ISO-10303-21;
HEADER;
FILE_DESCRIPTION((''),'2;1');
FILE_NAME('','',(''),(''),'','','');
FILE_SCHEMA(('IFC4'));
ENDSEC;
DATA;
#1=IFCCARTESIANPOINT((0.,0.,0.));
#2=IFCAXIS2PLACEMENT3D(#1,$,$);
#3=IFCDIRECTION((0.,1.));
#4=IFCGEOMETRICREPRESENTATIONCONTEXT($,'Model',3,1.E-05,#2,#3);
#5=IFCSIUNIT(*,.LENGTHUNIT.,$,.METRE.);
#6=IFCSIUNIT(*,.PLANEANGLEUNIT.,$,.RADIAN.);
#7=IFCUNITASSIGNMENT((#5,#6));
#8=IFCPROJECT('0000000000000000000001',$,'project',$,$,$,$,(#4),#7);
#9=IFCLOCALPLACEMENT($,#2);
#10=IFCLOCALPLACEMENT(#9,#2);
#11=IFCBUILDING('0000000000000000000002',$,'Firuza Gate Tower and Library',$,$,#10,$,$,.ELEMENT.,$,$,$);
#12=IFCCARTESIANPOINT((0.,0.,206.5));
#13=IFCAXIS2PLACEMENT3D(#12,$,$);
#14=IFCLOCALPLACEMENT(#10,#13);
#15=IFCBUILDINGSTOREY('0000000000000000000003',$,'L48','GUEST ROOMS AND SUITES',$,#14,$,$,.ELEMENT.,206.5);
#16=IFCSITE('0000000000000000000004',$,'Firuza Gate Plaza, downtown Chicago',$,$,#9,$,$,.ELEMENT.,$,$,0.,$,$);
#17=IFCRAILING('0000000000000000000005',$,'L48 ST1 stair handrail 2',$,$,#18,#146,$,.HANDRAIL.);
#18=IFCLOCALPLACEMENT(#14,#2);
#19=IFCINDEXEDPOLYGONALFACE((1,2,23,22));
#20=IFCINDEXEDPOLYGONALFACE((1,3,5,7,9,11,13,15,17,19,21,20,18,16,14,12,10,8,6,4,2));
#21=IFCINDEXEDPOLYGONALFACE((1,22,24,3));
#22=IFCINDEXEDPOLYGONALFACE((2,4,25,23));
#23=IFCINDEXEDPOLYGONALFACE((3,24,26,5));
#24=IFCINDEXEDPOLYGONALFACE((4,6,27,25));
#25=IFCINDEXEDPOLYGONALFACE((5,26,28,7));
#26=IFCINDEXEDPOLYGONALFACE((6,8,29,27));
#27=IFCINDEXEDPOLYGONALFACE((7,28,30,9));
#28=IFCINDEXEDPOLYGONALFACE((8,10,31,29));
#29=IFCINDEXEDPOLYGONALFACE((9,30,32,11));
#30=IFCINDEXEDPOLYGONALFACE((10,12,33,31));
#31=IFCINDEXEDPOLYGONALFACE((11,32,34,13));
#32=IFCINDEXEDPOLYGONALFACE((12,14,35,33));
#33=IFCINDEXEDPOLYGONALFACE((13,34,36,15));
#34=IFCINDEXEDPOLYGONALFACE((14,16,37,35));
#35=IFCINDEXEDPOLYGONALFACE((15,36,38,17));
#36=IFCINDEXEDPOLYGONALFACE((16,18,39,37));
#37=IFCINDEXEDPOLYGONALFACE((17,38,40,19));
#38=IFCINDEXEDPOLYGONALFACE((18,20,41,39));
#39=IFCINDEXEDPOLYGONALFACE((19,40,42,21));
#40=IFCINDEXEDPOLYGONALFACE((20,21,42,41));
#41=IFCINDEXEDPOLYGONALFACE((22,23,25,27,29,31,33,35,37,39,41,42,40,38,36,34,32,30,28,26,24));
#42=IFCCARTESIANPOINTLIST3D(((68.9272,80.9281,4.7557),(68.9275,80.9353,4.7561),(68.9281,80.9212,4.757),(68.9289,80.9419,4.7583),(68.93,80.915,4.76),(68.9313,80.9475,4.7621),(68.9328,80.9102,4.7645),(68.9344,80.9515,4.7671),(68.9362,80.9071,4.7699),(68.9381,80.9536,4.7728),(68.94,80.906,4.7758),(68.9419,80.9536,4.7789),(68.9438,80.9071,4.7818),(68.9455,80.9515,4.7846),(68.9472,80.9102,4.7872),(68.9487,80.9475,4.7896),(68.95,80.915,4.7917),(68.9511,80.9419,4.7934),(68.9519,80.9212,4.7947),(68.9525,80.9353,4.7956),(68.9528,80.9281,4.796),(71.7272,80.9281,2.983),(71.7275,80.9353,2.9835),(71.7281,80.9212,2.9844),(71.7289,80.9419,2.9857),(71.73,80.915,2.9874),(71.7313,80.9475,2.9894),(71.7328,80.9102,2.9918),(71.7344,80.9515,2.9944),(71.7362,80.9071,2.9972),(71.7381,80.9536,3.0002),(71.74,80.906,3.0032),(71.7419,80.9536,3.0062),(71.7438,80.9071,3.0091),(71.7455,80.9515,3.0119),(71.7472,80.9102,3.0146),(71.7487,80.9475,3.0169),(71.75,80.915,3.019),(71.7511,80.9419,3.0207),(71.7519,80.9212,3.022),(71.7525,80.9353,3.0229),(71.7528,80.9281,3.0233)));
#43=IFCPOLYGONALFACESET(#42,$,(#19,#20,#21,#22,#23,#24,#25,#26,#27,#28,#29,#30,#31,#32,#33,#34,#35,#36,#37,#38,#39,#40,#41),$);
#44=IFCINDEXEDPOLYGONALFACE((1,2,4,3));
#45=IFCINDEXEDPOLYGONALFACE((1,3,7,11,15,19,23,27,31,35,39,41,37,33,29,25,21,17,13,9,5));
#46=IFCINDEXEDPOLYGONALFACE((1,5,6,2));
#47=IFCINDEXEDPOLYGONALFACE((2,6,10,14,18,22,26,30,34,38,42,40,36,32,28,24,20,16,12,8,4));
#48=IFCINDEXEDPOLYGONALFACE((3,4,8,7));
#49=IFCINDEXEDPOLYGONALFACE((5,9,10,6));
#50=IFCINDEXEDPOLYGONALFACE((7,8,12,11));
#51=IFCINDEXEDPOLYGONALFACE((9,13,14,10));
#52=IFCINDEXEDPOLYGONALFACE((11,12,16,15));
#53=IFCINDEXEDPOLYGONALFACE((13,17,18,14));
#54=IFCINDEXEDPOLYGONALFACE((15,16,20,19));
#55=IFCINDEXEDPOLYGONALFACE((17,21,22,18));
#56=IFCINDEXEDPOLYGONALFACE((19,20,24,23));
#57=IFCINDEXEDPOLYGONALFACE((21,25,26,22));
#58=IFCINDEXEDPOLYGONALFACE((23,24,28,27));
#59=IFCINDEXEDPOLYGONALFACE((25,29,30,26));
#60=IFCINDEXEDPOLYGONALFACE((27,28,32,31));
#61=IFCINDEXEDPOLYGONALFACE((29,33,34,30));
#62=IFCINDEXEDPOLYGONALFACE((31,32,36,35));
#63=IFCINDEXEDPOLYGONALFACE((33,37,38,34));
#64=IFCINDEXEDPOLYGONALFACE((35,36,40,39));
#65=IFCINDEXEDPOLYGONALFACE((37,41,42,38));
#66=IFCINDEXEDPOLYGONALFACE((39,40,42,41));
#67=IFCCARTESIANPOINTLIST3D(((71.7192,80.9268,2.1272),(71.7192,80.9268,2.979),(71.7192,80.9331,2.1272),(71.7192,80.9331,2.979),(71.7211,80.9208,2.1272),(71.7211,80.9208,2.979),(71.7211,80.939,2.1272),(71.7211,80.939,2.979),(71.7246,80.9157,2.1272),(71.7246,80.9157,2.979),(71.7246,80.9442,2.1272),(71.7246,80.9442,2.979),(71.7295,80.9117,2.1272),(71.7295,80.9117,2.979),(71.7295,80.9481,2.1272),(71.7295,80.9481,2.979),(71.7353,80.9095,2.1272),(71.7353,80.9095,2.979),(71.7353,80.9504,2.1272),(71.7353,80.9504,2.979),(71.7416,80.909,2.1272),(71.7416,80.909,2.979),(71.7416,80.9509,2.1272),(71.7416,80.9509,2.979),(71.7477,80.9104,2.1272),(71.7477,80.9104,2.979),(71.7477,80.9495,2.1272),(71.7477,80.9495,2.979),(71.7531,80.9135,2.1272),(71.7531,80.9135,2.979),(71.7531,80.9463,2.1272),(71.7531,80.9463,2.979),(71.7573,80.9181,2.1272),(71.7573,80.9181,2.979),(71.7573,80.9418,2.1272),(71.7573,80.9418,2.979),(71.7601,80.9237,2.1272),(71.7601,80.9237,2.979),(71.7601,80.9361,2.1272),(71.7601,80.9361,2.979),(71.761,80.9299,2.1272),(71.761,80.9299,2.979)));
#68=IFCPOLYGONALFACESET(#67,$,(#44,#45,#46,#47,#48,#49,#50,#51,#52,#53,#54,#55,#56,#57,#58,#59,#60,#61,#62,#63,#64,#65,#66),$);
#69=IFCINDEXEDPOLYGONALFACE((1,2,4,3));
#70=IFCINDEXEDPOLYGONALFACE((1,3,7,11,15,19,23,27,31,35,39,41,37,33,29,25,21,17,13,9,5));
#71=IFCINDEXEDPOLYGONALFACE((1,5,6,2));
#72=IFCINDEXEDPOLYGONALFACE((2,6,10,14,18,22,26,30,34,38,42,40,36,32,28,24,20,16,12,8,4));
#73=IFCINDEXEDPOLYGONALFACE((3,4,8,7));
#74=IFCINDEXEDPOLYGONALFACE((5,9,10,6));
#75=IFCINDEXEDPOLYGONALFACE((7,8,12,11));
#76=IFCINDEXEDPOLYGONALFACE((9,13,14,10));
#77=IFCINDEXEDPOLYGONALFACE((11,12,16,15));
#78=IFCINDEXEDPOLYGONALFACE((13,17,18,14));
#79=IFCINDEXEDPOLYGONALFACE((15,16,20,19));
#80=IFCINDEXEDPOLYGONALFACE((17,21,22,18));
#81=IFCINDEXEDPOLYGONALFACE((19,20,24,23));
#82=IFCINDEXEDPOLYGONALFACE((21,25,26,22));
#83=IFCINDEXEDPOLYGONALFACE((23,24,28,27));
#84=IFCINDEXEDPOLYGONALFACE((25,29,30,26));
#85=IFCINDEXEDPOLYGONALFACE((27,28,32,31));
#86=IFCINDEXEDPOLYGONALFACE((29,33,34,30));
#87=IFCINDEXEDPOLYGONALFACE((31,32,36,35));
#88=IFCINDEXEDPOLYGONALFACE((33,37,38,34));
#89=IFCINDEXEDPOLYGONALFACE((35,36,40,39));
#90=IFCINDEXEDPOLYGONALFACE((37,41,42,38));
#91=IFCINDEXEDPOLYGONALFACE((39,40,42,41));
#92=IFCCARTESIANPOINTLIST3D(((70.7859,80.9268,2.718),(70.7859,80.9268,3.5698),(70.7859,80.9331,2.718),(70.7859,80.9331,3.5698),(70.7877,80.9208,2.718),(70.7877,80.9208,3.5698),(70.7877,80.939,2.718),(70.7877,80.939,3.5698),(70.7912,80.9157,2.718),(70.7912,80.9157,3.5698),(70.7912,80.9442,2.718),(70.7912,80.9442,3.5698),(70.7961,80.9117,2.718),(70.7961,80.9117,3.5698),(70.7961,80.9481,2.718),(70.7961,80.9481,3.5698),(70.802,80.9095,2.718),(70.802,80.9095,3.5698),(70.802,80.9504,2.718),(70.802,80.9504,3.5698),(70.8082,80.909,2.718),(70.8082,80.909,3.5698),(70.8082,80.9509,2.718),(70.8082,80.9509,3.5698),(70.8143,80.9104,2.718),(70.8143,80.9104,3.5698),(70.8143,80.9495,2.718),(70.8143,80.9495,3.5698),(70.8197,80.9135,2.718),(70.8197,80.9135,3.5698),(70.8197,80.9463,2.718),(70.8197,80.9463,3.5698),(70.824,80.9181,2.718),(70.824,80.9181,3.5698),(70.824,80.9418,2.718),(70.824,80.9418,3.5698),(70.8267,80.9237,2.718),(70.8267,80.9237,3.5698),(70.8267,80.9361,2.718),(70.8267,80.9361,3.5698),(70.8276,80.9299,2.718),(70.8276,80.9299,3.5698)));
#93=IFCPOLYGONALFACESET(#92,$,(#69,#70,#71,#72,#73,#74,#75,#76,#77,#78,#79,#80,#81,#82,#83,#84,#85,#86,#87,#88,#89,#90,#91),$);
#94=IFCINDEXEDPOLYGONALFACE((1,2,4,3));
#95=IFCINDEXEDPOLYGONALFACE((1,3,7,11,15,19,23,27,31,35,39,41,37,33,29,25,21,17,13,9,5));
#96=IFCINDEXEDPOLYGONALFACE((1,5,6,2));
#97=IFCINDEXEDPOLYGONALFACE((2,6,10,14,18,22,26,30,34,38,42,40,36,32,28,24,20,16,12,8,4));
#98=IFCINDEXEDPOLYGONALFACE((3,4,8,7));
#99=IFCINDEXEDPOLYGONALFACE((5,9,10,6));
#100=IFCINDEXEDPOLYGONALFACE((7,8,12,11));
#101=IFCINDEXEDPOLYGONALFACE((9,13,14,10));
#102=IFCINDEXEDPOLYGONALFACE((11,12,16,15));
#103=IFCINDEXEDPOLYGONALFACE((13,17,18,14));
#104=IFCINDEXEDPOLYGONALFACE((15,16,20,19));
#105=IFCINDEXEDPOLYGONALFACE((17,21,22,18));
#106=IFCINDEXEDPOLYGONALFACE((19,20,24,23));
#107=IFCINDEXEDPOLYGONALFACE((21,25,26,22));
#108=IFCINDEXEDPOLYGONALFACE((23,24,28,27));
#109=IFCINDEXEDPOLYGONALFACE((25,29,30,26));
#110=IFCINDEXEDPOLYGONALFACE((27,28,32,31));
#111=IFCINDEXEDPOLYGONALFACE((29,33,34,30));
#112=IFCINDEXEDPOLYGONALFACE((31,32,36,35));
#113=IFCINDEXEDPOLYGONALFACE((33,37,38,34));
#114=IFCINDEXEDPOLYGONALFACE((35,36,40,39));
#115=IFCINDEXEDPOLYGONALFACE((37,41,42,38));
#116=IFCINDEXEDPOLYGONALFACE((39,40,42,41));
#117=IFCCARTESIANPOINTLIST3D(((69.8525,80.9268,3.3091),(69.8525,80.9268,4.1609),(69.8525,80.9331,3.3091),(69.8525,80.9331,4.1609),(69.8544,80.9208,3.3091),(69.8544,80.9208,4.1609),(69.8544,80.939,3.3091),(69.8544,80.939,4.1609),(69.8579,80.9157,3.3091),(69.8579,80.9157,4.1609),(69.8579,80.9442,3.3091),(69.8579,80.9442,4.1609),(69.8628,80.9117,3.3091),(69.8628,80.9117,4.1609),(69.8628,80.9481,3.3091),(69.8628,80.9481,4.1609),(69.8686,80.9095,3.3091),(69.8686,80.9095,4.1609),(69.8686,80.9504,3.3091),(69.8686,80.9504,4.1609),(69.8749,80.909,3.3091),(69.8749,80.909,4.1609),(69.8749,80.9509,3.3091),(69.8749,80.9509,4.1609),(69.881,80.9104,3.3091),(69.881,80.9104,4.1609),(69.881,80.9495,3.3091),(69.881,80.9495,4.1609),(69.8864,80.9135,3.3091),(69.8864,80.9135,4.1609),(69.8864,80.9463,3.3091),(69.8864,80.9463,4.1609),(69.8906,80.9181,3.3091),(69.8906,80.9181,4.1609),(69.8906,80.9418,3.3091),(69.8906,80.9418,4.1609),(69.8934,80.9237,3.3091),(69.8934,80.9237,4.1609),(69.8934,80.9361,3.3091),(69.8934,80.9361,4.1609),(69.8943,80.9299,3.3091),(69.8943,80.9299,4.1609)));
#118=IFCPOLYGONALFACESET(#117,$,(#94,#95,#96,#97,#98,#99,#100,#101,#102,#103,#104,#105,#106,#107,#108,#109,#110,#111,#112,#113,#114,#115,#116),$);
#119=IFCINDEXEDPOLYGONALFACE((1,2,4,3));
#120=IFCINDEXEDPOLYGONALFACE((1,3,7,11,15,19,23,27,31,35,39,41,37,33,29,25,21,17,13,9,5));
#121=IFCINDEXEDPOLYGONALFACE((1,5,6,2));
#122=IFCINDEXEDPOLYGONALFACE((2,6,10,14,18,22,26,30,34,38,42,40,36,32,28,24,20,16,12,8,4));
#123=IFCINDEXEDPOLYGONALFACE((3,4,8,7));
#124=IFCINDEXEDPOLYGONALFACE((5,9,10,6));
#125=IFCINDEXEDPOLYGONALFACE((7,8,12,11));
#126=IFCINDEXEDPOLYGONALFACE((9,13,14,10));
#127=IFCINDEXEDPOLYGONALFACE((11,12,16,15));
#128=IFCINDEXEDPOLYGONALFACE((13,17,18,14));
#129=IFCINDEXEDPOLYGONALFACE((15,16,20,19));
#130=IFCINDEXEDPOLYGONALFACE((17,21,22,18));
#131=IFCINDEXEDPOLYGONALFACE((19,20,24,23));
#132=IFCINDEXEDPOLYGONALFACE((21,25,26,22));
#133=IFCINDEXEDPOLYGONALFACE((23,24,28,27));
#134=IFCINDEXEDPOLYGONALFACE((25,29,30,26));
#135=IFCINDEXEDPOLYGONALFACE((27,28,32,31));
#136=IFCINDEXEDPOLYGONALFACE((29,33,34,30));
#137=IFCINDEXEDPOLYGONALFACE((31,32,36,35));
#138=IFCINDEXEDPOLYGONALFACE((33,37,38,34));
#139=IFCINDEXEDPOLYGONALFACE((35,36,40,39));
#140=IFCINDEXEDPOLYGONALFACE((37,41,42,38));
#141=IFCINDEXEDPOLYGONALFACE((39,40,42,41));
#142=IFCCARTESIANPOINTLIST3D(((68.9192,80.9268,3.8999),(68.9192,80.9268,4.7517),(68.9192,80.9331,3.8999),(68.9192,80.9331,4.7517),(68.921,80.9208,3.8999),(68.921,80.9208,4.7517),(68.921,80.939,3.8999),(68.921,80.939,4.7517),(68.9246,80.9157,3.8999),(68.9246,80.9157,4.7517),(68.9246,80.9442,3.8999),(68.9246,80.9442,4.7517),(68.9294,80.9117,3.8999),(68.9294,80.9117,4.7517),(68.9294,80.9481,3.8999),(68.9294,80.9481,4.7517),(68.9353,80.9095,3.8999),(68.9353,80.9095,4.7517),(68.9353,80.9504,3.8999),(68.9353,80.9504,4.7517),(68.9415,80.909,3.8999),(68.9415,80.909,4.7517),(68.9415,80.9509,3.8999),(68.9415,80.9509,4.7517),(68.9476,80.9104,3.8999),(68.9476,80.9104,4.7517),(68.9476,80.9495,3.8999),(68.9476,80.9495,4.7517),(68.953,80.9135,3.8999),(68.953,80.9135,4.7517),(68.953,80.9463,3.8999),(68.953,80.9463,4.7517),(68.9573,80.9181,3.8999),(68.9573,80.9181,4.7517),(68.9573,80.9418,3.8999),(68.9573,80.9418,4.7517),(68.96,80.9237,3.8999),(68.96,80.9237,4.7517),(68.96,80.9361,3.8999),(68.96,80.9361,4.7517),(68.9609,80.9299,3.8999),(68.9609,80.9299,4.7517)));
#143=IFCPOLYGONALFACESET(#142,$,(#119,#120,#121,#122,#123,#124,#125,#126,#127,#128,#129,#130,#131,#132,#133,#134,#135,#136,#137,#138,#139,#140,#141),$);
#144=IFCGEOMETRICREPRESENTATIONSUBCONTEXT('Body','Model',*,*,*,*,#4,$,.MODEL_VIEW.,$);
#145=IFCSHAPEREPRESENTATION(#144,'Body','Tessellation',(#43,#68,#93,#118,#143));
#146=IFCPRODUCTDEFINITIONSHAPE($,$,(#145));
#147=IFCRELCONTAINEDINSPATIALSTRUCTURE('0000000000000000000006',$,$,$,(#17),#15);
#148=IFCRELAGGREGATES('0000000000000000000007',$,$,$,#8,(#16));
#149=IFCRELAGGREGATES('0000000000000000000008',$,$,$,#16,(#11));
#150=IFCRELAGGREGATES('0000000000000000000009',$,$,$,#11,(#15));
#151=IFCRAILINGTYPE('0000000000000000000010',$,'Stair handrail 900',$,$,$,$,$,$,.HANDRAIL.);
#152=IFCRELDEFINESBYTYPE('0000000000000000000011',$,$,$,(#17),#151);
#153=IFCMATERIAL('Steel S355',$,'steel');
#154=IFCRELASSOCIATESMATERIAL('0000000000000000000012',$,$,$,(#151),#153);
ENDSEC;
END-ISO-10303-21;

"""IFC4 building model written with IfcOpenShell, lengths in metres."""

from ifc_helpers import new_model, si_unit, direction, frame, origin, origin_2d, place, context, subcontext, project, spatial, circle, extrude, material, type_object, element, save


model = new_model("IFC4")

# Units and contexts
model_context = context("Model", 3, precision=1e-05, world=origin(), true_north=direction((0.0, 1.0)))
body_context = subcontext(model_context, "Body", "Model", "MODEL_VIEW")
ifc_project = project(units=[si_unit("LENGTHUNIT", "METRE"), si_unit("PLANEANGLEUNIT", "RADIAN")], contexts=[model_context])

# Site, building, storey
site_placement = place(None, origin())
site = spatial("IfcSite", under=ifc_project, at=site_placement, Name="Firuza Gate Plaza, downtown Chicago", CompositionType="ELEMENT", RefElevation=0.0)
building_placement = place(site_placement, origin())
building = spatial("IfcBuilding", under=site, at=building_placement, Name="Firuza Gate Tower and Library", CompositionType="ELEMENT")
storey_placement = place(building_placement, frame((0.0, 0.0, 206.5)))
storey = spatial("IfcBuildingStorey", under=building, at=storey_placement, Name="L48", Description="GUEST ROOMS AND SUITES", CompositionType="ELEMENT", Elevation=206.5)

# Railing
ifc_material_1 = material(Name="Steel S355", Category="steel")
railing_type = type_object("IfcRailingType", Name="Stair handrail 900", PredefinedType="HANDRAIL", material=ifc_material_1)
railing_1_placement = place(storey_placement, frame((71.74, 80.9299, 2.1272)))
element("IfcRailing", 1, at=railing_1_placement, inside=storey, type_object=railing_type, Name="L48 ST1 stair handrail 2", PredefinedType="HANDRAIL", context=body_context, shape_type="SweptSolid", body=[
    extrude(circle(Radius=0.0239, at=origin_2d()), frame((0.0, 0.0, 0.876), z_axis=(-0.844909, 0.0, 0.53491), x_axis=(0.0, -1.0, 0.0)), (0.0, 0.0, 1.0), 3.314),
    extrude(circle(Radius=0.021, at=origin_2d()), origin(), (0.0, 0.0, 1.0), 0.8518),
    extrude(circle(Radius=0.021, at=origin_2d()), frame((-0.9333, 0.0, 0.5908)), (0.0, 0.0, 1.0), 0.8518),
    extrude(circle(Radius=0.021, at=origin_2d()), frame((-1.8667, 0.0, 1.1819)), (0.0, 0.0, 1.0), 0.8518),
    extrude(circle(Radius=0.021, at=origin_2d()), frame((-2.8, 0.0, 1.7727)), (0.0, 0.0, 1.0), 0.8518),
])

save(model, "model.ifc")
